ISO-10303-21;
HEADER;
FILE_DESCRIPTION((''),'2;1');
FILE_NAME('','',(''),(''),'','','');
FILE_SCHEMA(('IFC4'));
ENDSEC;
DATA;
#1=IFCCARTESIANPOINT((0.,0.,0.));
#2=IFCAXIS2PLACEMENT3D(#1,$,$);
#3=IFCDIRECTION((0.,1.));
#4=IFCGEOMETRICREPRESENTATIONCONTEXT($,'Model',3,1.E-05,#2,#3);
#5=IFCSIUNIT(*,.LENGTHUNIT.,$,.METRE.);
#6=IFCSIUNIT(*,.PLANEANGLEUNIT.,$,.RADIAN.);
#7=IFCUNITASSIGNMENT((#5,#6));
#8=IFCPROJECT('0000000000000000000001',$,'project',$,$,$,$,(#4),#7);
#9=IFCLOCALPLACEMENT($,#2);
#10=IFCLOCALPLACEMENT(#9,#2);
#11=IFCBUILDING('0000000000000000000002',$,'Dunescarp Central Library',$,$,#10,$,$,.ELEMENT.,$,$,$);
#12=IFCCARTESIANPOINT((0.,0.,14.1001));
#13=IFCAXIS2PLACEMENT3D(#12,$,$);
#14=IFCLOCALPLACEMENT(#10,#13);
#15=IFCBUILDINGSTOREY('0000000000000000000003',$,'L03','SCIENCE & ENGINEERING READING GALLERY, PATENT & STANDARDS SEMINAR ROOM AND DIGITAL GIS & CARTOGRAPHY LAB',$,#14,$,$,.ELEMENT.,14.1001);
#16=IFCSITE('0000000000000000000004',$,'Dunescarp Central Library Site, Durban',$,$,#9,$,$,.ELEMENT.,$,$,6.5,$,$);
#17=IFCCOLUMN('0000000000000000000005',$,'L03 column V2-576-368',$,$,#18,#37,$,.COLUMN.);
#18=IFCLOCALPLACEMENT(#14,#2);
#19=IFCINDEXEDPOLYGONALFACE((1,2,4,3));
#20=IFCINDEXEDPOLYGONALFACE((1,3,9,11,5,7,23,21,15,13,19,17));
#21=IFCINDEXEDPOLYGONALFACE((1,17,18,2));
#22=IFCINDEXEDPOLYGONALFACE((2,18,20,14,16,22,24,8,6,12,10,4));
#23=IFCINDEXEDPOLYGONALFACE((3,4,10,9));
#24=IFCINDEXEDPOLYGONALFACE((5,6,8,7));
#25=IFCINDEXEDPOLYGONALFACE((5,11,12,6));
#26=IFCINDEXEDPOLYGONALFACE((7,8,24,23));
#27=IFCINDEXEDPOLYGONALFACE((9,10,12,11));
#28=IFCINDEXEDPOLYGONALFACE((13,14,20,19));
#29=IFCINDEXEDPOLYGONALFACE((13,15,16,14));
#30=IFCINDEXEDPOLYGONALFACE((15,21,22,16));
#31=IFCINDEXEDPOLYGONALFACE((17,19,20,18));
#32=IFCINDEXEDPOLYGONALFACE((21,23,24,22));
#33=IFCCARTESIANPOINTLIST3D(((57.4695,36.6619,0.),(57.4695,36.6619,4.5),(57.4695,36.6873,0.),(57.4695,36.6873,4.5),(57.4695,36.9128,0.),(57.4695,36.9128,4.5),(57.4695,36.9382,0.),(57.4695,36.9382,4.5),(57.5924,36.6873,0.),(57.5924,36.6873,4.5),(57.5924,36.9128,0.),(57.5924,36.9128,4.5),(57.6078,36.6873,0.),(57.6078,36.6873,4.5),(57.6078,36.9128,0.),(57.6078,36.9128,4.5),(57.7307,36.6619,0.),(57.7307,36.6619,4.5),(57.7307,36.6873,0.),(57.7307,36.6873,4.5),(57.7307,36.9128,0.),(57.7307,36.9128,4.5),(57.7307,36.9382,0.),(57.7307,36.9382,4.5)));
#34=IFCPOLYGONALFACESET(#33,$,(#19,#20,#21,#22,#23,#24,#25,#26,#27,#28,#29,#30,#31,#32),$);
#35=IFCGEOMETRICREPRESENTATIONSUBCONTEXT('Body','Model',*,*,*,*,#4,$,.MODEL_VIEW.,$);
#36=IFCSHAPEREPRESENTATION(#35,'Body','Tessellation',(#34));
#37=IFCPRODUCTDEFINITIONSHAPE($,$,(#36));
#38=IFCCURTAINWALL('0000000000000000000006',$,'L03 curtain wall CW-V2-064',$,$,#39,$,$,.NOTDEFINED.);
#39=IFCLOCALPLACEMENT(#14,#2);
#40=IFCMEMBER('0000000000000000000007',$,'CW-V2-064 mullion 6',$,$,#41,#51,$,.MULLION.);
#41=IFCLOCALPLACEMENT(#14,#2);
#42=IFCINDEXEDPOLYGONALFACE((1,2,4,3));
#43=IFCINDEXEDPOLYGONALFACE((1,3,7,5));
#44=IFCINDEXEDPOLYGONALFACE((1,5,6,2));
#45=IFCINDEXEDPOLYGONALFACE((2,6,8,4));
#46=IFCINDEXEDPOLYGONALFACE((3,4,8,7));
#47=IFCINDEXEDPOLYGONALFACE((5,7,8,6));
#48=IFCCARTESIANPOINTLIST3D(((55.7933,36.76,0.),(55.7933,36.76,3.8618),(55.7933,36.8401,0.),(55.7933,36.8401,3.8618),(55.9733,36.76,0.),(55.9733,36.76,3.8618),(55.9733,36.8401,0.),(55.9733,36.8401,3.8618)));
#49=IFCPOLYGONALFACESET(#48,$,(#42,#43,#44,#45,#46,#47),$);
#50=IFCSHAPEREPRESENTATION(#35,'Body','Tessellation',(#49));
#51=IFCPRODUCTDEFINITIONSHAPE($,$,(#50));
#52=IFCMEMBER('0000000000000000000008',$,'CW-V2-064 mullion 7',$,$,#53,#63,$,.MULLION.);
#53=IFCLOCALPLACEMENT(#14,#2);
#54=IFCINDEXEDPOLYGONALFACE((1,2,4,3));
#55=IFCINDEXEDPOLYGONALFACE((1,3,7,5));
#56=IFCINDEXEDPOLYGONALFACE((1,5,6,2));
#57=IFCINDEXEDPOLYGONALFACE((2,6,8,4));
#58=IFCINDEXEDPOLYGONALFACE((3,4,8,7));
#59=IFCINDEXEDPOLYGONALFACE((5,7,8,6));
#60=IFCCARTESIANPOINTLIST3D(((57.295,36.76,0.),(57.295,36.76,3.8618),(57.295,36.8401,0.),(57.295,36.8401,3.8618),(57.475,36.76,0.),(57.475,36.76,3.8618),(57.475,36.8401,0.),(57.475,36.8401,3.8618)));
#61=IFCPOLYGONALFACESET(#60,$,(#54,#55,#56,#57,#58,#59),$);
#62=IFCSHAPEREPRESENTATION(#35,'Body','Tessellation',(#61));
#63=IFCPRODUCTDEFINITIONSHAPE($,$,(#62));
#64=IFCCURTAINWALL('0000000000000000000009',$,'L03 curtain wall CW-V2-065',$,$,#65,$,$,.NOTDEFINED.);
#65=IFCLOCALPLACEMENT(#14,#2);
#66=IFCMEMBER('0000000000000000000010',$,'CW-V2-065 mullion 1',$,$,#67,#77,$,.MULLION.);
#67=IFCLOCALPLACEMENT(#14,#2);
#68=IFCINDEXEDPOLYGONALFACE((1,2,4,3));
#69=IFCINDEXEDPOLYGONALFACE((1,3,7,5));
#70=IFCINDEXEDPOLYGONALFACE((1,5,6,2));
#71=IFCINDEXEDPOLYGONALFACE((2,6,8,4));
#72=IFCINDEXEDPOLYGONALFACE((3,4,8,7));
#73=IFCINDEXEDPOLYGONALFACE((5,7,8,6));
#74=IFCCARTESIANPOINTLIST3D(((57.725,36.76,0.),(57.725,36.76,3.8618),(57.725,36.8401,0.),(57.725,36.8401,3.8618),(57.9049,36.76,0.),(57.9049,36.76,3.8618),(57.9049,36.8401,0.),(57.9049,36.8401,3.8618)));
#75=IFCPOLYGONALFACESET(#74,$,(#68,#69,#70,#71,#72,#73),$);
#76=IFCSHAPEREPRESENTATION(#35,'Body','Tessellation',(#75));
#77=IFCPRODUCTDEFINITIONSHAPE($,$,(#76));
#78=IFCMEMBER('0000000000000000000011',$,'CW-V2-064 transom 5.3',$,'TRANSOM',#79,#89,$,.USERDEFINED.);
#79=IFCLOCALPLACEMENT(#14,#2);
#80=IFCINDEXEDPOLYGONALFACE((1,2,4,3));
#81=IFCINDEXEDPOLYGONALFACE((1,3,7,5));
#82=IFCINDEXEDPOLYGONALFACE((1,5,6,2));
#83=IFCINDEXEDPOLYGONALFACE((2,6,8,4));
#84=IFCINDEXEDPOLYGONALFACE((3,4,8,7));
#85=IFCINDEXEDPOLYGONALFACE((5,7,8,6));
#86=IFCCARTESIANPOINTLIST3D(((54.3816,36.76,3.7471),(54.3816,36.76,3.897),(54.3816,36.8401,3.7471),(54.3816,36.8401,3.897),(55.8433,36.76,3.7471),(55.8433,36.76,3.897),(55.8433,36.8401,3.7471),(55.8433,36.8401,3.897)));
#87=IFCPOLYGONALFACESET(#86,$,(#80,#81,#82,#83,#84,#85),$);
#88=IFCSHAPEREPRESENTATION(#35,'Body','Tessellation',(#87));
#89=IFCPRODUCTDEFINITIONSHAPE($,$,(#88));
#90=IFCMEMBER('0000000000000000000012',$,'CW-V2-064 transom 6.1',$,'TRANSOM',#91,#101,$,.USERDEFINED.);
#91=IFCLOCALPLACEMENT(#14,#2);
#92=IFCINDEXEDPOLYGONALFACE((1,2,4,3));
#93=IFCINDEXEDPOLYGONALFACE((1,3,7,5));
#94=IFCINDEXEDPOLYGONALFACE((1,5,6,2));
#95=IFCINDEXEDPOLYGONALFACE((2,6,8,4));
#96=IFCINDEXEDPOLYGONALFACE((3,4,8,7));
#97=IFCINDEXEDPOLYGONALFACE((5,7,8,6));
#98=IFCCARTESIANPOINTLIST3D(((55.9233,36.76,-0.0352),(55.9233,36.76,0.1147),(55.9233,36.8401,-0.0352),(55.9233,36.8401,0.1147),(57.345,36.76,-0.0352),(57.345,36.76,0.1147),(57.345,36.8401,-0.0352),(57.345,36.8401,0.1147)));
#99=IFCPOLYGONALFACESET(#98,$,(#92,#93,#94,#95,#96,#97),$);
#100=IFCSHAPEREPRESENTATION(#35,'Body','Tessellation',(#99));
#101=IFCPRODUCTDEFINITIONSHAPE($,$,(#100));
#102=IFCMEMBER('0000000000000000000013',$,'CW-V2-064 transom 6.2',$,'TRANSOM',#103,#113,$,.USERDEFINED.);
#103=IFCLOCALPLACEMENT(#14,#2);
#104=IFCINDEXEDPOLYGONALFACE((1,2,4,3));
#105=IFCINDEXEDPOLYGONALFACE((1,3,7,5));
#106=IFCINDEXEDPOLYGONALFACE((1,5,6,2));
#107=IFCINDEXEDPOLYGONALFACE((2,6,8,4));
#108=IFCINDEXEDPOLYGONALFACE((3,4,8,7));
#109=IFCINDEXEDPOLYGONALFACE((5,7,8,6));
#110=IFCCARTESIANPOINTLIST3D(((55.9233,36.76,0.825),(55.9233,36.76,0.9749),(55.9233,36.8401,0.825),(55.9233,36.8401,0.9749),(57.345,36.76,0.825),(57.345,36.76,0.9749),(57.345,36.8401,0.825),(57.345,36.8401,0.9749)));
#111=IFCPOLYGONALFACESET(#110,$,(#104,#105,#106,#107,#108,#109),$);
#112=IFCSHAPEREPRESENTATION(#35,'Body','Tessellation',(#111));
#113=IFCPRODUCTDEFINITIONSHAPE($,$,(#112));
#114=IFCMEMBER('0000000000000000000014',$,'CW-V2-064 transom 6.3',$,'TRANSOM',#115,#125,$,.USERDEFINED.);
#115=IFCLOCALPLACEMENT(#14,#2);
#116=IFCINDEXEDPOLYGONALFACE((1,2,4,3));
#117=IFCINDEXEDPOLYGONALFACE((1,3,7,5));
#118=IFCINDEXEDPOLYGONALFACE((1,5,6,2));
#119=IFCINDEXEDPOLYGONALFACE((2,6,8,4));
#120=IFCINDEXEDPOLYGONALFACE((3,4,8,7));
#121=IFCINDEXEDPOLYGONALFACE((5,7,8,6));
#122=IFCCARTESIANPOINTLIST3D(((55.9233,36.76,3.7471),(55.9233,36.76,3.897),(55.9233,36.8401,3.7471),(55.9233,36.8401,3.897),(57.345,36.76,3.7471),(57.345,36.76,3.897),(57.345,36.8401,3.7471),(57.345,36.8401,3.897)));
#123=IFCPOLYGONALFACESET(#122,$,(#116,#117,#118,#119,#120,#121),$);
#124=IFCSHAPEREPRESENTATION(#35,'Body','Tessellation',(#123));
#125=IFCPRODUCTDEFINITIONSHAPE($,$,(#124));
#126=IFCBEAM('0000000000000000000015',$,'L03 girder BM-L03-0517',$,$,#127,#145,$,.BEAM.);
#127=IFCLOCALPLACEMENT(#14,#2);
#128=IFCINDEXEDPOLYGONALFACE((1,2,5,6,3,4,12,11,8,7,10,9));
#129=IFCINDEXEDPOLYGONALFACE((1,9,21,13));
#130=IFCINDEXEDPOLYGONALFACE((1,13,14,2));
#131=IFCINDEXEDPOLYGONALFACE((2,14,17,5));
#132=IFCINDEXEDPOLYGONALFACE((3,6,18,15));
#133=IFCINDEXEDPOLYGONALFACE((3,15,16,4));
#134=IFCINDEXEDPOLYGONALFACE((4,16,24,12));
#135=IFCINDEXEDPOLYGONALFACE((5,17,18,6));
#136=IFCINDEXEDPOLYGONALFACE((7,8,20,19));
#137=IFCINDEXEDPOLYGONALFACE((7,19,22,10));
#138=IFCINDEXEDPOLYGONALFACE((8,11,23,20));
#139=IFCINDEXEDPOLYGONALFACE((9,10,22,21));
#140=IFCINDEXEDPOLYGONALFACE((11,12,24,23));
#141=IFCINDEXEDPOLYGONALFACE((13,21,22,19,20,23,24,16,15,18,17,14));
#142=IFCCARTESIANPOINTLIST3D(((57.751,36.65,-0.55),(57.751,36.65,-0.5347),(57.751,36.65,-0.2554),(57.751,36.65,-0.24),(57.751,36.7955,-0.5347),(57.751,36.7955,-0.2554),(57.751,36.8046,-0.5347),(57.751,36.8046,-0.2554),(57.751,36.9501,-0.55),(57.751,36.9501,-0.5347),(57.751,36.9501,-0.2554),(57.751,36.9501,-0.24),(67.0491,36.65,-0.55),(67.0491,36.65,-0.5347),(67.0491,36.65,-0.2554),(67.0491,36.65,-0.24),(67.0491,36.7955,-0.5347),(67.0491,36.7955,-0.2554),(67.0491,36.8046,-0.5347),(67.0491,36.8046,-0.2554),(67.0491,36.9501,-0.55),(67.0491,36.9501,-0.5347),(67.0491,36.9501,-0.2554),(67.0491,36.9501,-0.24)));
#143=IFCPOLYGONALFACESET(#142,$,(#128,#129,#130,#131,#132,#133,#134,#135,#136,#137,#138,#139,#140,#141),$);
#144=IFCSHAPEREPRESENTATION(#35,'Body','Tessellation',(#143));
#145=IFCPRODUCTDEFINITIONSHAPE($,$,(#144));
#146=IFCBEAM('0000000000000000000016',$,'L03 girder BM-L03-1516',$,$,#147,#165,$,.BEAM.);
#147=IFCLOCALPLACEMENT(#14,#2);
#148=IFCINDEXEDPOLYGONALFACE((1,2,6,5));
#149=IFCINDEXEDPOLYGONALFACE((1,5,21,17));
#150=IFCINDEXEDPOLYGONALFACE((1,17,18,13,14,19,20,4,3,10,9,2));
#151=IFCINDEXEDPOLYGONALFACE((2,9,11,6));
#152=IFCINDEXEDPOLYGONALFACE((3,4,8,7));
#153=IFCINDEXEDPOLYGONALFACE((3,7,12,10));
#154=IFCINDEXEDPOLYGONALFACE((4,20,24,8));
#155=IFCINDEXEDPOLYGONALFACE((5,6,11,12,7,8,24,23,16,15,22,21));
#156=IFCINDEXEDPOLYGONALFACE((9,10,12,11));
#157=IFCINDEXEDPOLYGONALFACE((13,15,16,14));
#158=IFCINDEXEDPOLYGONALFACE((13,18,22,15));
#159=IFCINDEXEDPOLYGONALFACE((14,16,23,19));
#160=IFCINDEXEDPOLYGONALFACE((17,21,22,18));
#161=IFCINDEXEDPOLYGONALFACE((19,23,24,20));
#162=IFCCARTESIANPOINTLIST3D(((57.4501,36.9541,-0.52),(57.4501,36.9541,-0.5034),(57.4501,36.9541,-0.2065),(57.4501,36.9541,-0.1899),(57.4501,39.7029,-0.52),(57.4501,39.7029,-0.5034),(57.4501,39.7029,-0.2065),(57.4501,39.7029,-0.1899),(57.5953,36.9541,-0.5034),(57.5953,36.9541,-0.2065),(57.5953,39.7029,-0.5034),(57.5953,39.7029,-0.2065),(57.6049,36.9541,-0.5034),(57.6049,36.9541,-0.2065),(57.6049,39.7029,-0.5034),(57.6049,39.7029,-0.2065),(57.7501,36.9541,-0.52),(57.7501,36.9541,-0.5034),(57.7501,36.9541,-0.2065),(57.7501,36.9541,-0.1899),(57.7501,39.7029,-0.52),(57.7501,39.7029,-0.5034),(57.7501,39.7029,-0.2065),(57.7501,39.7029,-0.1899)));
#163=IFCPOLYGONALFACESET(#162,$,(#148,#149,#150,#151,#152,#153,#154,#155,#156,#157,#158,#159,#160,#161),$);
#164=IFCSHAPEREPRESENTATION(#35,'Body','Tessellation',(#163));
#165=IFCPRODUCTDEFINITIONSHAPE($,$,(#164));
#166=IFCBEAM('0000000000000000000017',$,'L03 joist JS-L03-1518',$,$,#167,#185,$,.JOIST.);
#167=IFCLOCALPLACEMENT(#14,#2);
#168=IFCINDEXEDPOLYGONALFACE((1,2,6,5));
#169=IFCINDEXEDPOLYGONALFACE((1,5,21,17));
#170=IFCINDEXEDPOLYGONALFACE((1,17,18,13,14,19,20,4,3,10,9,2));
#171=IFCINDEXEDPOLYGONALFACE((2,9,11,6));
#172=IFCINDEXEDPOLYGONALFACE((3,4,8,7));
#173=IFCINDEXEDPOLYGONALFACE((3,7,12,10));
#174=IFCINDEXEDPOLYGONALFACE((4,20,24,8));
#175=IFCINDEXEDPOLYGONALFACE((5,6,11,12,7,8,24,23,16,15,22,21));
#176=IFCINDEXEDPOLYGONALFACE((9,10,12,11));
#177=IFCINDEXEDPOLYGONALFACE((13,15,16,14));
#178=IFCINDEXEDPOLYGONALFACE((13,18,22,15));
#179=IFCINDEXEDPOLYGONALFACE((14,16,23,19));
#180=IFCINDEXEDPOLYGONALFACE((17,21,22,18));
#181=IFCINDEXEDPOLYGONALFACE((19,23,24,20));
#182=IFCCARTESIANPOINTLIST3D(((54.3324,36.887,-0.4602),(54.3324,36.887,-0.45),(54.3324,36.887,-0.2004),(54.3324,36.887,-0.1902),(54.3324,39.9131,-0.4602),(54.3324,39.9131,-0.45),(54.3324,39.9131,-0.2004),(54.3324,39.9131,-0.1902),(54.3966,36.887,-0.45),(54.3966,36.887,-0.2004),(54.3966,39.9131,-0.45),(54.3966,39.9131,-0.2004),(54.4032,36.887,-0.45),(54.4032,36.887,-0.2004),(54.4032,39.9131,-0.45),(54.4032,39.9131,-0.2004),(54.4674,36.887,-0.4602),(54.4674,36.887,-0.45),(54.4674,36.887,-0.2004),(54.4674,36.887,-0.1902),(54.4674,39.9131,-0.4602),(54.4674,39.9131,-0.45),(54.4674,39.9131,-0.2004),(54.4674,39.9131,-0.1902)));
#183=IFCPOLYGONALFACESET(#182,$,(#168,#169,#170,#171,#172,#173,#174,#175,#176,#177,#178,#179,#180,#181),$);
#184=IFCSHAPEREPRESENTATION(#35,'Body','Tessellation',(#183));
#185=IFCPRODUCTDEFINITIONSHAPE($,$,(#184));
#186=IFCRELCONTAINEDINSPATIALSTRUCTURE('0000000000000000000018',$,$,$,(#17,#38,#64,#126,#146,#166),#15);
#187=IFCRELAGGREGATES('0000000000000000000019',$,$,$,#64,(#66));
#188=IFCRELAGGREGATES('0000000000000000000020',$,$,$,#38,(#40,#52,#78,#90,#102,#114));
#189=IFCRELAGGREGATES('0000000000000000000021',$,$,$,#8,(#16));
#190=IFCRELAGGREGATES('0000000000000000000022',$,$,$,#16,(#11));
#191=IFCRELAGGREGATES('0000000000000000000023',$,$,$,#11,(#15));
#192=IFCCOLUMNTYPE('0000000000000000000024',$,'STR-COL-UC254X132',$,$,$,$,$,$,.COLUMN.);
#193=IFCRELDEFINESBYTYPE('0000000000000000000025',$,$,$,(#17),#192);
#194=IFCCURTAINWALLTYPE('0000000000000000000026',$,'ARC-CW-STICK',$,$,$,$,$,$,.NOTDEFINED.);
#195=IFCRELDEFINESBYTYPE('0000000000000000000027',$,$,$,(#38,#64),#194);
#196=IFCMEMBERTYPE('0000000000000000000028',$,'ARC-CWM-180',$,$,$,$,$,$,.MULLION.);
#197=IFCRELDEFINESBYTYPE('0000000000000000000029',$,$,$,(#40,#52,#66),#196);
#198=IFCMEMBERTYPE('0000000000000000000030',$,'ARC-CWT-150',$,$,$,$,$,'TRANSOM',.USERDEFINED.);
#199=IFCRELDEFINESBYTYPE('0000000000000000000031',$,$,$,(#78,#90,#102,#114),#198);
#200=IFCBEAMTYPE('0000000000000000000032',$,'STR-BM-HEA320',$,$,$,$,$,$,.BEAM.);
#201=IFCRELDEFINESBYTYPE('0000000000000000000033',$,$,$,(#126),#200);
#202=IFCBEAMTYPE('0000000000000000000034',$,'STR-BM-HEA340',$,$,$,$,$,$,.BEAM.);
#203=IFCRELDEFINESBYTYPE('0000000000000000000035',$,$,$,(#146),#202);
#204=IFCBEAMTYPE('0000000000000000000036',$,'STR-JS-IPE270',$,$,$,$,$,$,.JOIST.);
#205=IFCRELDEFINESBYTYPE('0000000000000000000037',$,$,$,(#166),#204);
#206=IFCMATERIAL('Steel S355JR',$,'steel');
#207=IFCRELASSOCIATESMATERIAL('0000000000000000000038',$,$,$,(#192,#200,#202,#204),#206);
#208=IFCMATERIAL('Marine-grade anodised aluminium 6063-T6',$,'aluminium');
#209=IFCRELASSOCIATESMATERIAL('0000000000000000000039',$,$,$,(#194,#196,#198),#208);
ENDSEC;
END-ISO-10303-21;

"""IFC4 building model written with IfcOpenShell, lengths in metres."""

from ifc_helpers import new_model, si_unit, direction, frame, origin, origin_2d, place, context, subcontext, project, spatial, rectangle, i_section, extrude, material, material_profile, profile_set, type_object, element, aggregate, save


model = new_model("IFC4")

# Units and contexts
model_context = context("Model", 3, precision=1e-05, world=origin(), true_north=direction((0.0, 1.0)))
body_context = subcontext(model_context, "Body", "Model", "MODEL_VIEW")
ifc_project = project(units=[si_unit("LENGTHUNIT", "METRE"), si_unit("PLANEANGLEUNIT", "RADIAN")], contexts=[model_context])

# Site, building, storey
site_placement = place(None, origin())
site = spatial("IfcSite", under=ifc_project, at=site_placement, Name="Dunescarp Central Library Site, Durban", CompositionType="ELEMENT", RefElevation=6.5)
building_placement = place(site_placement, origin())
building = spatial("IfcBuilding", under=site, at=building_placement, Name="Dunescarp Central Library", CompositionType="ELEMENT")
storey_placement = place(building_placement, frame((0.0, 0.0, 14.1001)))
storey = spatial("IfcBuildingStorey", under=building, at=storey_placement, Name="L03", Description="SCIENCE & ENGINEERING READING GALLERY, PATENT & STANDARDS SEMINAR ROOM AND DIGITAL GIS & CARTOGRAPHY LAB", CompositionType="ELEMENT", Elevation=14.1001)

# Column
ifc_material_1 = material(Name="Steel S355JR", Category="steel")
ifc_material_profile_1 = material_profile(ifc_material_1, i_section(OverallWidth=0.2612, OverallDepth=0.2764, WebThickness=0.0154, FlangeThickness=0.0254, at=origin_2d()), Name="UC 254x254x132")
ifc_profile_set_1 = profile_set([ifc_material_profile_1], Name="Steel S355JR")
column_type = type_object("IfcColumnType", Name="STR-COL-UC254X132", PredefinedType="COLUMN", material=ifc_profile_set_1)
column_placement = place(storey_placement, frame((57.6001, 36.8, 0.0), z_axis=(0.0, 0.0, 1.0), x_axis=(1.0, 0.0, 0.0)))
element("IfcColumn", 1, at=column_placement, inside=storey, type_object=column_type, Name="L03 column V2-576-368", PredefinedType="COLUMN", context=body_context, shape_type="SweptSolid", body=[
    extrude(i_section(OverallWidth=0.2612, OverallDepth=0.2764, WebThickness=0.0154, FlangeThickness=0.0254, at=origin_2d()), origin(), (0.0, 0.0, 1.0), 4.5),
])

# Curtain wall, members
ifc_material_2 = material(Name="Marine-grade anodised aluminium 6063-T6", Category="aluminium")
curtain_wall_type = type_object("IfcCurtainWallType", Name="ARC-CW-STICK", PredefinedType="NOTDEFINED", material=ifc_material_2)
curtain_wall_1_placement = place(storey_placement, origin())
curtain_wall_1 = element("IfcCurtainWall", 2, at=curtain_wall_1_placement, inside=storey, type_object=curtain_wall_type, Name="L03 curtain wall CW-V2-064", PredefinedType="NOTDEFINED")
ifc_material_profile_2 = material_profile(ifc_material_2, rectangle(XDim=0.0801, YDim=0.1799, at=origin_2d()), Name="AL 80x180")
ifc_profile_set_2 = profile_set([ifc_material_profile_2], Name="Marine-grade anodised aluminium 6063-T6")
member_type_1 = type_object("IfcMemberType", Name="ARC-CWM-180", PredefinedType="MULLION", material=ifc_profile_set_2)
member_1_placement = place(storey_placement, frame((55.8833, 36.8, 0.0), z_axis=(0.0, 0.0, 1.0), x_axis=(0.0, 1.0, 0.0)))
member_1 = element("IfcMember", 3, at=member_1_placement, type_object=member_type_1, Name="CW-V2-064 mullion 6", PredefinedType="MULLION", context=body_context, shape_type="SweptSolid", body=[
    extrude(rectangle(XDim=0.0801, YDim=0.1799, at=origin_2d()), origin(), (0.0, 0.0, 1.0), 3.8618),
])
member_2_placement = place(storey_placement, frame((57.385, 36.8, 0.0), z_axis=(0.0, 0.0, 1.0), x_axis=(0.0, 1.0, 0.0)))
member_2 = element("IfcMember", 4, at=member_2_placement, type_object=member_type_1, Name="CW-V2-064 mullion 7", PredefinedType="MULLION", context=body_context, shape_type="SweptSolid", body=[
    extrude(rectangle(XDim=0.0801, YDim=0.1799, at=origin_2d()), origin(), (0.0, 0.0, 1.0), 3.8618),
])

# Curtain wall, member
curtain_wall_2_placement = place(storey_placement, origin())
curtain_wall_2 = element("IfcCurtainWall", 5, at=curtain_wall_2_placement, inside=storey, type_object=curtain_wall_type, Name="L03 curtain wall CW-V2-065", PredefinedType="NOTDEFINED")
member_3_placement = place(storey_placement, frame((57.8149, 36.8, 0.0), z_axis=(0.0, 0.0, 1.0), x_axis=(0.0, 1.0, 0.0)))
member_3 = element("IfcMember", 6, at=member_3_placement, type_object=member_type_1, Name="CW-V2-065 mullion 1", PredefinedType="MULLION", context=body_context, shape_type="SweptSolid", body=[
    extrude(rectangle(XDim=0.0801, YDim=0.1799, at=origin_2d()), origin(), (0.0, 0.0, 1.0), 3.8618),
])
aggregate(curtain_wall_2, [member_3])

# Members
ifc_material_profile_3 = material_profile(ifc_material_2, rectangle(XDim=0.0801, YDim=0.1499, at=origin_2d()), Name="AL 80x150")
ifc_profile_set_3 = profile_set([ifc_material_profile_3], Name="Marine-grade anodised aluminium 6063-T6")
member_type_2 = type_object("IfcMemberType", Name="ARC-CWT-150", ElementType="TRANSOM", PredefinedType="USERDEFINED", material=ifc_profile_set_3)
member_4_placement = place(storey_placement, frame((54.3816, 36.8, 3.822), z_axis=(1.0, 0.0, 0.0), x_axis=(0.0, 1.0, 0.0)))
member_4 = element("IfcMember", 7, at=member_4_placement, type_object=member_type_2, Name="CW-V2-064 transom 5.3", ObjectType="TRANSOM", PredefinedType="USERDEFINED", context=body_context, shape_type="SweptSolid", body=[
    extrude(rectangle(XDim=0.0801, YDim=0.1499, at=origin_2d()), origin(), (0.0, 0.0, 1.0), 1.4617),
])
member_5_placement = place(storey_placement, frame((55.9233, 36.8, 0.0398), z_axis=(1.0, 0.0, 0.0), x_axis=(0.0, 1.0, 0.0)))
member_5 = element("IfcMember", 8, at=member_5_placement, type_object=member_type_2, Name="CW-V2-064 transom 6.1", ObjectType="TRANSOM", PredefinedType="USERDEFINED", context=body_context, shape_type="SweptSolid", body=[
    extrude(rectangle(XDim=0.0801, YDim=0.1499, at=origin_2d()), origin(), (0.0, 0.0, 1.0), 1.4216),
])
member_6_placement = place(storey_placement, frame((55.9233, 36.8, 0.8999), z_axis=(1.0, 0.0, 0.0), x_axis=(0.0, 1.0, 0.0)))
member_6 = element("IfcMember", 9, at=member_6_placement, type_object=member_type_2, Name="CW-V2-064 transom 6.2", ObjectType="TRANSOM", PredefinedType="USERDEFINED", context=body_context, shape_type="SweptSolid", body=[
    extrude(rectangle(XDim=0.0801, YDim=0.1499, at=origin_2d()), origin(), (0.0, 0.0, 1.0), 1.4216),
])
member_7_placement = place(storey_placement, frame((55.9233, 36.8, 3.822), z_axis=(1.0, 0.0, 0.0), x_axis=(0.0, 1.0, 0.0)))
member_7 = element("IfcMember", 10, at=member_7_placement, type_object=member_type_2, Name="CW-V2-064 transom 6.3", ObjectType="TRANSOM", PredefinedType="USERDEFINED", context=body_context, shape_type="SweptSolid", body=[
    extrude(rectangle(XDim=0.0801, YDim=0.1499, at=origin_2d()), origin(), (0.0, 0.0, 1.0), 1.4216),
])

# Beams
ifc_material_profile_4 = material_profile(ifc_material_1, i_section(OverallWidth=0.3, OverallDepth=0.3101, WebThickness=0.009, FlangeThickness=0.0154, at=origin_2d()), Name="HEA 320")
ifc_profile_set_4 = profile_set([ifc_material_profile_4], Name="Steel S355JR")
beam_type_1 = type_object("IfcBeamType", Name="STR-BM-HEA320", PredefinedType="BEAM", material=ifc_profile_set_4)
beam_1_placement = place(storey_placement, frame((57.751, 36.8, -0.395), z_axis=(1.0, 0.0, 0.0), x_axis=(0.0, 1.0, 0.0)))
element("IfcBeam", 11, at=beam_1_placement, inside=storey, type_object=beam_type_1, Name="L03 girder BM-L03-0517", PredefinedType="BEAM", context=body_context, shape_type="SweptSolid", body=[
    extrude(i_section(OverallWidth=0.3, OverallDepth=0.3101, WebThickness=0.009, FlangeThickness=0.0154, at=origin_2d()), origin(), (0.0, 0.0, 1.0), 9.2981),
])
ifc_material_profile_5 = material_profile(ifc_material_1, i_section(OverallWidth=0.3, OverallDepth=0.3301, WebThickness=0.0095, FlangeThickness=0.0166, at=origin_2d()), Name="HEA 340")
ifc_profile_set_5 = profile_set([ifc_material_profile_5], Name="Steel S355JR")
beam_type_2 = type_object("IfcBeamType", Name="STR-BM-HEA340", PredefinedType="BEAM", material=ifc_profile_set_5)
beam_2_placement = place(storey_placement, frame((57.6001, 36.9541, -0.355), z_axis=(0.0, 1.0, 0.0), x_axis=(-1.0, 0.0, 0.0)))
element("IfcBeam", 12, at=beam_2_placement, inside=storey, type_object=beam_type_2, Name="L03 girder BM-L03-1516", PredefinedType="BEAM", context=body_context, shape_type="SweptSolid", body=[
    extrude(i_section(OverallWidth=0.3, OverallDepth=0.3301, WebThickness=0.0095, FlangeThickness=0.0166, at=origin_2d()), origin(), (0.0, 0.0, 1.0), 2.7488),
])
ifc_material_profile_6 = material_profile(ifc_material_1, i_section(OverallWidth=0.135, OverallDepth=0.27, WebThickness=0.0066, FlangeThickness=0.0103, at=origin_2d()), Name="IPE 270")
ifc_profile_set_6 = profile_set([ifc_material_profile_6], Name="Steel S355JR")
beam_type_3 = type_object("IfcBeamType", Name="STR-JS-IPE270", PredefinedType="JOIST", material=ifc_profile_set_6)
beam_3_placement = place(storey_placement, frame((54.3999, 36.887, -0.3252), z_axis=(0.0, 1.0, 0.0), x_axis=(-1.0, 0.0, 0.0)))
element("IfcBeam", 13, at=beam_3_placement, inside=storey, type_object=beam_type_3, Name="L03 joist JS-L03-1518", PredefinedType="JOIST", context=body_context, shape_type="SweptSolid", body=[
    extrude(i_section(OverallWidth=0.135, OverallDepth=0.27, WebThickness=0.0066, FlangeThickness=0.0103, at=origin_2d()), origin(), (0.0, 0.0, 1.0), 3.0261),
])

aggregate(curtain_wall_1, [member_1, member_2, member_4, member_5, member_6, member_7])

save(model, "model.ifc")
